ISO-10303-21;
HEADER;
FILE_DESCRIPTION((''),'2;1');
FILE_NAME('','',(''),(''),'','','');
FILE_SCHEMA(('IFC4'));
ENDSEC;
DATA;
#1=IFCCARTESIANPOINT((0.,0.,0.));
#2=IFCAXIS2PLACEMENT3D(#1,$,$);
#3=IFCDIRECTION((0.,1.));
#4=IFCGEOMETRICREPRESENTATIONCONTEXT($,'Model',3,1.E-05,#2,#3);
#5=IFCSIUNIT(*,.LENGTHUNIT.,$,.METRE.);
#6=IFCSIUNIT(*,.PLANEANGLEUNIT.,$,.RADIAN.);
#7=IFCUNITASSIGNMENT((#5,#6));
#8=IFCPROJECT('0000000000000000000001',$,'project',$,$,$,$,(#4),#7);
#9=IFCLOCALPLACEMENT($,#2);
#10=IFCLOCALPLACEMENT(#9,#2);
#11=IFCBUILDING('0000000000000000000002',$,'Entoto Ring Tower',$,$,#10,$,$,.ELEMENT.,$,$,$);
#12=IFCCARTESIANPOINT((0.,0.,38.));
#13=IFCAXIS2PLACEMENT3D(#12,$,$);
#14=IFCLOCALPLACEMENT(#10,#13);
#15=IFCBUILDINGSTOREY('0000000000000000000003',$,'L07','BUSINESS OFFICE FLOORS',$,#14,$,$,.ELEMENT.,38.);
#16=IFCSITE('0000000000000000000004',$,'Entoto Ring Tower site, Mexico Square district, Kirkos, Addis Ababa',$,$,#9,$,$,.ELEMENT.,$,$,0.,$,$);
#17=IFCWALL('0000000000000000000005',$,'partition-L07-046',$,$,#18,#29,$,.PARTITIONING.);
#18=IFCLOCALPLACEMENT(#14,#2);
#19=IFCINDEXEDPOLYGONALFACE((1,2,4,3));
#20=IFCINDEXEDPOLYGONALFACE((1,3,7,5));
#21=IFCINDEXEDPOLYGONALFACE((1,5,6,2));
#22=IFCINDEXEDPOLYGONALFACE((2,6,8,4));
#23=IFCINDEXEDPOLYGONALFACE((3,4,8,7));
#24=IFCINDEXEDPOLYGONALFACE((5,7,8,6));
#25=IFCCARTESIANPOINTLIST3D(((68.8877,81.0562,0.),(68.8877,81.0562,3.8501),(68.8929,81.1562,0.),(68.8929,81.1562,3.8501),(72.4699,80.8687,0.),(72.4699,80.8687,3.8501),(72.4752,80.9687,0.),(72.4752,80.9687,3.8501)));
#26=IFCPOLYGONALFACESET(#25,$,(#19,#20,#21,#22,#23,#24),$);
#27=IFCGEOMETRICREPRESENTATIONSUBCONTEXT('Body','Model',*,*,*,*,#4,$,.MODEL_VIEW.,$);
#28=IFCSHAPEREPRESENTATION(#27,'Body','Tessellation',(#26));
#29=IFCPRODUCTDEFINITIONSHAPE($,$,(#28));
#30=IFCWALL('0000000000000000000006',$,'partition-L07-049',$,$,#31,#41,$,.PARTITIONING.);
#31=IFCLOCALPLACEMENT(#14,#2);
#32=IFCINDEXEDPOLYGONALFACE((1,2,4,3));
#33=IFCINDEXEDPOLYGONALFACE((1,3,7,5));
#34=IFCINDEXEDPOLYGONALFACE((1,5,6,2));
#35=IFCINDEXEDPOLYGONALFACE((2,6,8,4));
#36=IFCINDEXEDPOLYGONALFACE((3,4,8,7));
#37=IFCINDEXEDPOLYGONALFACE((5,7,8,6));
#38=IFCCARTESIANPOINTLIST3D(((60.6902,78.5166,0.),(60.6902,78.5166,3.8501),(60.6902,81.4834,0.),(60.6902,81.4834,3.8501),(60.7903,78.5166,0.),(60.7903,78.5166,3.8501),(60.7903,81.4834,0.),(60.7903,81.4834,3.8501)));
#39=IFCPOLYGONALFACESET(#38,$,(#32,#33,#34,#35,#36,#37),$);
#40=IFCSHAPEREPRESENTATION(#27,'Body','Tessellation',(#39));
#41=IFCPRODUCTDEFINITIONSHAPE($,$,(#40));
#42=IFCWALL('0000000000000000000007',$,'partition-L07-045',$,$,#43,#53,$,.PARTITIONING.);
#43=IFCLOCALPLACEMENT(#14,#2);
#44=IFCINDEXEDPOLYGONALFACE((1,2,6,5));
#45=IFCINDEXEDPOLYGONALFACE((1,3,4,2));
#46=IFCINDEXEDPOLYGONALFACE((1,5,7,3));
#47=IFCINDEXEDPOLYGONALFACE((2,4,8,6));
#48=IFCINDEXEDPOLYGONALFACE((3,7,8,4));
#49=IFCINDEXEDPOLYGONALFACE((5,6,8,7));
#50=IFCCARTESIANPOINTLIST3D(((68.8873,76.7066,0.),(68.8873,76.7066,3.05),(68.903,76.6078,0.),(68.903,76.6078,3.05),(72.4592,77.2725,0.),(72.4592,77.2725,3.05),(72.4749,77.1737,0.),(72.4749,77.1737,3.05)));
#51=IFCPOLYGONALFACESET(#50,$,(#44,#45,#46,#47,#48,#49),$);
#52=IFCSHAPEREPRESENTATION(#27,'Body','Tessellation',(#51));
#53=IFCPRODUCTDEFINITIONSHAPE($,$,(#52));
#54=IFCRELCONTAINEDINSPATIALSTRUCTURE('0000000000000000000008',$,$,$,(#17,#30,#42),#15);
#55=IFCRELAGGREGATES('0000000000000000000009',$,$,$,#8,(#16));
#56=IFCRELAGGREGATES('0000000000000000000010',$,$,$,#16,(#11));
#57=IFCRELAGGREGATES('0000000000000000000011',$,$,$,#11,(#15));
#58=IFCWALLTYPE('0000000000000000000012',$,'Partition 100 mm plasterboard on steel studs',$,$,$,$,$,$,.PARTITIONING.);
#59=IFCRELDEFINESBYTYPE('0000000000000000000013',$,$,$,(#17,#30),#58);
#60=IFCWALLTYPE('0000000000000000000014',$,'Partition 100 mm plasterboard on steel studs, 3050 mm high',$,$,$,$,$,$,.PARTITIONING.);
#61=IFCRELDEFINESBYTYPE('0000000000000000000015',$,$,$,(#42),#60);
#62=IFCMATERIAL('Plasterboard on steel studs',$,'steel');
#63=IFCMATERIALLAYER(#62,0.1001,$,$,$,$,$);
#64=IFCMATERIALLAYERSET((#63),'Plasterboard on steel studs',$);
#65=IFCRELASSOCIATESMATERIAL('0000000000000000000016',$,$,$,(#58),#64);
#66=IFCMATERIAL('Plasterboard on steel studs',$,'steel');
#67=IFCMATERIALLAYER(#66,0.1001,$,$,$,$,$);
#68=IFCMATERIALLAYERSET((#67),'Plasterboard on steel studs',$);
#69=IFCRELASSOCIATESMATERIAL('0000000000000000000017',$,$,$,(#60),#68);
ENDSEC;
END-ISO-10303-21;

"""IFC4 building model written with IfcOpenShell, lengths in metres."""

from ifc_helpers import new_model, si_unit, direction, frame, frame_2d, origin, place, context, subcontext, project, spatial, rectangle, extrude, material, layer, layer_set, type_object, element, save


model = new_model("IFC4")

# Units and contexts
model_context = context("Model", 3, precision=1e-05, world=origin(), true_north=direction((0.0, 1.0)))
body_context = subcontext(model_context, "Body", "Model", "MODEL_VIEW")
ifc_project = project(units=[si_unit("LENGTHUNIT", "METRE"), si_unit("PLANEANGLEUNIT", "RADIAN")], contexts=[model_context])

# Site, building, storey
site_placement = place(None, origin())
site = spatial("IfcSite", under=ifc_project, at=site_placement, Name="Entoto Ring Tower site, Mexico Square district, Kirkos, Addis Ababa", CompositionType="ELEMENT", RefElevation=0.0)
building_placement = place(site_placement, origin())
building = spatial("IfcBuilding", under=site, at=building_placement, Name="Entoto Ring Tower", CompositionType="ELEMENT")
storey_placement = place(building_placement, frame((0.0, 0.0, 38.0)))
storey = spatial("IfcBuildingStorey", under=building, at=storey_placement, Name="L07", Description="BUSINESS OFFICE FLOORS", CompositionType="ELEMENT", Elevation=38.0)

# Shared definitions
ifc_material_1 = material(Name="Plasterboard on steel studs", Category="steel")
ifc_layer_1 = layer(ifc_material_1, 0.1001)
ifc_layer_set_1 = layer_set([ifc_layer_1], Name="Plasterboard on steel studs")
wall_type_1 = type_object("IfcWallType", Name="Partition 100 mm plasterboard on steel studs", PredefinedType="PARTITIONING", material=ifc_layer_set_1)

# Walls
wall_1_placement = place(storey_placement, frame((72.4724, 80.9187, 0.0), z_axis=(0.0, 0.0, 1.0), x_axis=(-0.998633, 0.052269, 0.0)))
element("IfcWall", 1, at=wall_1_placement, inside=storey, type_object=wall_type_1, Name="partition-L07-046", PredefinedType="PARTITIONING", context=body_context, shape_type="SweptSolid", body=[
    extrude(rectangle(XDim=3.5872, YDim=0.1001, at=frame_2d((1.7935, 0.0))), origin(), (0.0, 0.0, 1.0), 3.8501),
])
wall_2_placement = place(storey_placement, frame((60.7402, 78.5166, 0.0), z_axis=(0.0, 0.0, 1.0), x_axis=(0.0, 1.0, 0.0)))
element("IfcWall", 2, at=wall_2_placement, inside=storey, type_object=wall_type_1, Name="partition-L07-049", PredefinedType="PARTITIONING", context=body_context, shape_type="SweptSolid", body=[
    extrude(rectangle(XDim=2.9668, YDim=0.1001, at=frame_2d((1.4834, 0.0))), origin(), (0.0, 0.0, 1.0), 3.8501),
])
ifc_material_2 = material(Name="Plasterboard on steel studs", Category="steel")
ifc_layer_2 = layer(ifc_material_2, 0.1001)
ifc_layer_set_2 = layer_set([ifc_layer_2], Name="Plasterboard on steel studs")
wall_type_2 = type_object("IfcWallType", Name="Partition 100 mm plasterboard on steel studs, 3050 mm high", PredefinedType="PARTITIONING", material=ifc_layer_set_2)
wall_3_placement = place(storey_placement, frame((68.8953, 76.6572, 0.0), z_axis=(0.0, 0.0, 1.0), x_axis=(0.987681, 0.156479, 0.0)))
element("IfcWall", 3, at=wall_3_placement, inside=storey, type_object=wall_type_2, Name="partition-L07-045", PredefinedType="PARTITIONING", context=body_context, shape_type="SweptSolid", body=[
    extrude(rectangle(XDim=3.6165, YDim=0.1001, at=frame_2d((1.8081, 0.0))), origin(), (0.0, 0.0, 1.0), 3.05),
])

save(model, "model.ifc")
